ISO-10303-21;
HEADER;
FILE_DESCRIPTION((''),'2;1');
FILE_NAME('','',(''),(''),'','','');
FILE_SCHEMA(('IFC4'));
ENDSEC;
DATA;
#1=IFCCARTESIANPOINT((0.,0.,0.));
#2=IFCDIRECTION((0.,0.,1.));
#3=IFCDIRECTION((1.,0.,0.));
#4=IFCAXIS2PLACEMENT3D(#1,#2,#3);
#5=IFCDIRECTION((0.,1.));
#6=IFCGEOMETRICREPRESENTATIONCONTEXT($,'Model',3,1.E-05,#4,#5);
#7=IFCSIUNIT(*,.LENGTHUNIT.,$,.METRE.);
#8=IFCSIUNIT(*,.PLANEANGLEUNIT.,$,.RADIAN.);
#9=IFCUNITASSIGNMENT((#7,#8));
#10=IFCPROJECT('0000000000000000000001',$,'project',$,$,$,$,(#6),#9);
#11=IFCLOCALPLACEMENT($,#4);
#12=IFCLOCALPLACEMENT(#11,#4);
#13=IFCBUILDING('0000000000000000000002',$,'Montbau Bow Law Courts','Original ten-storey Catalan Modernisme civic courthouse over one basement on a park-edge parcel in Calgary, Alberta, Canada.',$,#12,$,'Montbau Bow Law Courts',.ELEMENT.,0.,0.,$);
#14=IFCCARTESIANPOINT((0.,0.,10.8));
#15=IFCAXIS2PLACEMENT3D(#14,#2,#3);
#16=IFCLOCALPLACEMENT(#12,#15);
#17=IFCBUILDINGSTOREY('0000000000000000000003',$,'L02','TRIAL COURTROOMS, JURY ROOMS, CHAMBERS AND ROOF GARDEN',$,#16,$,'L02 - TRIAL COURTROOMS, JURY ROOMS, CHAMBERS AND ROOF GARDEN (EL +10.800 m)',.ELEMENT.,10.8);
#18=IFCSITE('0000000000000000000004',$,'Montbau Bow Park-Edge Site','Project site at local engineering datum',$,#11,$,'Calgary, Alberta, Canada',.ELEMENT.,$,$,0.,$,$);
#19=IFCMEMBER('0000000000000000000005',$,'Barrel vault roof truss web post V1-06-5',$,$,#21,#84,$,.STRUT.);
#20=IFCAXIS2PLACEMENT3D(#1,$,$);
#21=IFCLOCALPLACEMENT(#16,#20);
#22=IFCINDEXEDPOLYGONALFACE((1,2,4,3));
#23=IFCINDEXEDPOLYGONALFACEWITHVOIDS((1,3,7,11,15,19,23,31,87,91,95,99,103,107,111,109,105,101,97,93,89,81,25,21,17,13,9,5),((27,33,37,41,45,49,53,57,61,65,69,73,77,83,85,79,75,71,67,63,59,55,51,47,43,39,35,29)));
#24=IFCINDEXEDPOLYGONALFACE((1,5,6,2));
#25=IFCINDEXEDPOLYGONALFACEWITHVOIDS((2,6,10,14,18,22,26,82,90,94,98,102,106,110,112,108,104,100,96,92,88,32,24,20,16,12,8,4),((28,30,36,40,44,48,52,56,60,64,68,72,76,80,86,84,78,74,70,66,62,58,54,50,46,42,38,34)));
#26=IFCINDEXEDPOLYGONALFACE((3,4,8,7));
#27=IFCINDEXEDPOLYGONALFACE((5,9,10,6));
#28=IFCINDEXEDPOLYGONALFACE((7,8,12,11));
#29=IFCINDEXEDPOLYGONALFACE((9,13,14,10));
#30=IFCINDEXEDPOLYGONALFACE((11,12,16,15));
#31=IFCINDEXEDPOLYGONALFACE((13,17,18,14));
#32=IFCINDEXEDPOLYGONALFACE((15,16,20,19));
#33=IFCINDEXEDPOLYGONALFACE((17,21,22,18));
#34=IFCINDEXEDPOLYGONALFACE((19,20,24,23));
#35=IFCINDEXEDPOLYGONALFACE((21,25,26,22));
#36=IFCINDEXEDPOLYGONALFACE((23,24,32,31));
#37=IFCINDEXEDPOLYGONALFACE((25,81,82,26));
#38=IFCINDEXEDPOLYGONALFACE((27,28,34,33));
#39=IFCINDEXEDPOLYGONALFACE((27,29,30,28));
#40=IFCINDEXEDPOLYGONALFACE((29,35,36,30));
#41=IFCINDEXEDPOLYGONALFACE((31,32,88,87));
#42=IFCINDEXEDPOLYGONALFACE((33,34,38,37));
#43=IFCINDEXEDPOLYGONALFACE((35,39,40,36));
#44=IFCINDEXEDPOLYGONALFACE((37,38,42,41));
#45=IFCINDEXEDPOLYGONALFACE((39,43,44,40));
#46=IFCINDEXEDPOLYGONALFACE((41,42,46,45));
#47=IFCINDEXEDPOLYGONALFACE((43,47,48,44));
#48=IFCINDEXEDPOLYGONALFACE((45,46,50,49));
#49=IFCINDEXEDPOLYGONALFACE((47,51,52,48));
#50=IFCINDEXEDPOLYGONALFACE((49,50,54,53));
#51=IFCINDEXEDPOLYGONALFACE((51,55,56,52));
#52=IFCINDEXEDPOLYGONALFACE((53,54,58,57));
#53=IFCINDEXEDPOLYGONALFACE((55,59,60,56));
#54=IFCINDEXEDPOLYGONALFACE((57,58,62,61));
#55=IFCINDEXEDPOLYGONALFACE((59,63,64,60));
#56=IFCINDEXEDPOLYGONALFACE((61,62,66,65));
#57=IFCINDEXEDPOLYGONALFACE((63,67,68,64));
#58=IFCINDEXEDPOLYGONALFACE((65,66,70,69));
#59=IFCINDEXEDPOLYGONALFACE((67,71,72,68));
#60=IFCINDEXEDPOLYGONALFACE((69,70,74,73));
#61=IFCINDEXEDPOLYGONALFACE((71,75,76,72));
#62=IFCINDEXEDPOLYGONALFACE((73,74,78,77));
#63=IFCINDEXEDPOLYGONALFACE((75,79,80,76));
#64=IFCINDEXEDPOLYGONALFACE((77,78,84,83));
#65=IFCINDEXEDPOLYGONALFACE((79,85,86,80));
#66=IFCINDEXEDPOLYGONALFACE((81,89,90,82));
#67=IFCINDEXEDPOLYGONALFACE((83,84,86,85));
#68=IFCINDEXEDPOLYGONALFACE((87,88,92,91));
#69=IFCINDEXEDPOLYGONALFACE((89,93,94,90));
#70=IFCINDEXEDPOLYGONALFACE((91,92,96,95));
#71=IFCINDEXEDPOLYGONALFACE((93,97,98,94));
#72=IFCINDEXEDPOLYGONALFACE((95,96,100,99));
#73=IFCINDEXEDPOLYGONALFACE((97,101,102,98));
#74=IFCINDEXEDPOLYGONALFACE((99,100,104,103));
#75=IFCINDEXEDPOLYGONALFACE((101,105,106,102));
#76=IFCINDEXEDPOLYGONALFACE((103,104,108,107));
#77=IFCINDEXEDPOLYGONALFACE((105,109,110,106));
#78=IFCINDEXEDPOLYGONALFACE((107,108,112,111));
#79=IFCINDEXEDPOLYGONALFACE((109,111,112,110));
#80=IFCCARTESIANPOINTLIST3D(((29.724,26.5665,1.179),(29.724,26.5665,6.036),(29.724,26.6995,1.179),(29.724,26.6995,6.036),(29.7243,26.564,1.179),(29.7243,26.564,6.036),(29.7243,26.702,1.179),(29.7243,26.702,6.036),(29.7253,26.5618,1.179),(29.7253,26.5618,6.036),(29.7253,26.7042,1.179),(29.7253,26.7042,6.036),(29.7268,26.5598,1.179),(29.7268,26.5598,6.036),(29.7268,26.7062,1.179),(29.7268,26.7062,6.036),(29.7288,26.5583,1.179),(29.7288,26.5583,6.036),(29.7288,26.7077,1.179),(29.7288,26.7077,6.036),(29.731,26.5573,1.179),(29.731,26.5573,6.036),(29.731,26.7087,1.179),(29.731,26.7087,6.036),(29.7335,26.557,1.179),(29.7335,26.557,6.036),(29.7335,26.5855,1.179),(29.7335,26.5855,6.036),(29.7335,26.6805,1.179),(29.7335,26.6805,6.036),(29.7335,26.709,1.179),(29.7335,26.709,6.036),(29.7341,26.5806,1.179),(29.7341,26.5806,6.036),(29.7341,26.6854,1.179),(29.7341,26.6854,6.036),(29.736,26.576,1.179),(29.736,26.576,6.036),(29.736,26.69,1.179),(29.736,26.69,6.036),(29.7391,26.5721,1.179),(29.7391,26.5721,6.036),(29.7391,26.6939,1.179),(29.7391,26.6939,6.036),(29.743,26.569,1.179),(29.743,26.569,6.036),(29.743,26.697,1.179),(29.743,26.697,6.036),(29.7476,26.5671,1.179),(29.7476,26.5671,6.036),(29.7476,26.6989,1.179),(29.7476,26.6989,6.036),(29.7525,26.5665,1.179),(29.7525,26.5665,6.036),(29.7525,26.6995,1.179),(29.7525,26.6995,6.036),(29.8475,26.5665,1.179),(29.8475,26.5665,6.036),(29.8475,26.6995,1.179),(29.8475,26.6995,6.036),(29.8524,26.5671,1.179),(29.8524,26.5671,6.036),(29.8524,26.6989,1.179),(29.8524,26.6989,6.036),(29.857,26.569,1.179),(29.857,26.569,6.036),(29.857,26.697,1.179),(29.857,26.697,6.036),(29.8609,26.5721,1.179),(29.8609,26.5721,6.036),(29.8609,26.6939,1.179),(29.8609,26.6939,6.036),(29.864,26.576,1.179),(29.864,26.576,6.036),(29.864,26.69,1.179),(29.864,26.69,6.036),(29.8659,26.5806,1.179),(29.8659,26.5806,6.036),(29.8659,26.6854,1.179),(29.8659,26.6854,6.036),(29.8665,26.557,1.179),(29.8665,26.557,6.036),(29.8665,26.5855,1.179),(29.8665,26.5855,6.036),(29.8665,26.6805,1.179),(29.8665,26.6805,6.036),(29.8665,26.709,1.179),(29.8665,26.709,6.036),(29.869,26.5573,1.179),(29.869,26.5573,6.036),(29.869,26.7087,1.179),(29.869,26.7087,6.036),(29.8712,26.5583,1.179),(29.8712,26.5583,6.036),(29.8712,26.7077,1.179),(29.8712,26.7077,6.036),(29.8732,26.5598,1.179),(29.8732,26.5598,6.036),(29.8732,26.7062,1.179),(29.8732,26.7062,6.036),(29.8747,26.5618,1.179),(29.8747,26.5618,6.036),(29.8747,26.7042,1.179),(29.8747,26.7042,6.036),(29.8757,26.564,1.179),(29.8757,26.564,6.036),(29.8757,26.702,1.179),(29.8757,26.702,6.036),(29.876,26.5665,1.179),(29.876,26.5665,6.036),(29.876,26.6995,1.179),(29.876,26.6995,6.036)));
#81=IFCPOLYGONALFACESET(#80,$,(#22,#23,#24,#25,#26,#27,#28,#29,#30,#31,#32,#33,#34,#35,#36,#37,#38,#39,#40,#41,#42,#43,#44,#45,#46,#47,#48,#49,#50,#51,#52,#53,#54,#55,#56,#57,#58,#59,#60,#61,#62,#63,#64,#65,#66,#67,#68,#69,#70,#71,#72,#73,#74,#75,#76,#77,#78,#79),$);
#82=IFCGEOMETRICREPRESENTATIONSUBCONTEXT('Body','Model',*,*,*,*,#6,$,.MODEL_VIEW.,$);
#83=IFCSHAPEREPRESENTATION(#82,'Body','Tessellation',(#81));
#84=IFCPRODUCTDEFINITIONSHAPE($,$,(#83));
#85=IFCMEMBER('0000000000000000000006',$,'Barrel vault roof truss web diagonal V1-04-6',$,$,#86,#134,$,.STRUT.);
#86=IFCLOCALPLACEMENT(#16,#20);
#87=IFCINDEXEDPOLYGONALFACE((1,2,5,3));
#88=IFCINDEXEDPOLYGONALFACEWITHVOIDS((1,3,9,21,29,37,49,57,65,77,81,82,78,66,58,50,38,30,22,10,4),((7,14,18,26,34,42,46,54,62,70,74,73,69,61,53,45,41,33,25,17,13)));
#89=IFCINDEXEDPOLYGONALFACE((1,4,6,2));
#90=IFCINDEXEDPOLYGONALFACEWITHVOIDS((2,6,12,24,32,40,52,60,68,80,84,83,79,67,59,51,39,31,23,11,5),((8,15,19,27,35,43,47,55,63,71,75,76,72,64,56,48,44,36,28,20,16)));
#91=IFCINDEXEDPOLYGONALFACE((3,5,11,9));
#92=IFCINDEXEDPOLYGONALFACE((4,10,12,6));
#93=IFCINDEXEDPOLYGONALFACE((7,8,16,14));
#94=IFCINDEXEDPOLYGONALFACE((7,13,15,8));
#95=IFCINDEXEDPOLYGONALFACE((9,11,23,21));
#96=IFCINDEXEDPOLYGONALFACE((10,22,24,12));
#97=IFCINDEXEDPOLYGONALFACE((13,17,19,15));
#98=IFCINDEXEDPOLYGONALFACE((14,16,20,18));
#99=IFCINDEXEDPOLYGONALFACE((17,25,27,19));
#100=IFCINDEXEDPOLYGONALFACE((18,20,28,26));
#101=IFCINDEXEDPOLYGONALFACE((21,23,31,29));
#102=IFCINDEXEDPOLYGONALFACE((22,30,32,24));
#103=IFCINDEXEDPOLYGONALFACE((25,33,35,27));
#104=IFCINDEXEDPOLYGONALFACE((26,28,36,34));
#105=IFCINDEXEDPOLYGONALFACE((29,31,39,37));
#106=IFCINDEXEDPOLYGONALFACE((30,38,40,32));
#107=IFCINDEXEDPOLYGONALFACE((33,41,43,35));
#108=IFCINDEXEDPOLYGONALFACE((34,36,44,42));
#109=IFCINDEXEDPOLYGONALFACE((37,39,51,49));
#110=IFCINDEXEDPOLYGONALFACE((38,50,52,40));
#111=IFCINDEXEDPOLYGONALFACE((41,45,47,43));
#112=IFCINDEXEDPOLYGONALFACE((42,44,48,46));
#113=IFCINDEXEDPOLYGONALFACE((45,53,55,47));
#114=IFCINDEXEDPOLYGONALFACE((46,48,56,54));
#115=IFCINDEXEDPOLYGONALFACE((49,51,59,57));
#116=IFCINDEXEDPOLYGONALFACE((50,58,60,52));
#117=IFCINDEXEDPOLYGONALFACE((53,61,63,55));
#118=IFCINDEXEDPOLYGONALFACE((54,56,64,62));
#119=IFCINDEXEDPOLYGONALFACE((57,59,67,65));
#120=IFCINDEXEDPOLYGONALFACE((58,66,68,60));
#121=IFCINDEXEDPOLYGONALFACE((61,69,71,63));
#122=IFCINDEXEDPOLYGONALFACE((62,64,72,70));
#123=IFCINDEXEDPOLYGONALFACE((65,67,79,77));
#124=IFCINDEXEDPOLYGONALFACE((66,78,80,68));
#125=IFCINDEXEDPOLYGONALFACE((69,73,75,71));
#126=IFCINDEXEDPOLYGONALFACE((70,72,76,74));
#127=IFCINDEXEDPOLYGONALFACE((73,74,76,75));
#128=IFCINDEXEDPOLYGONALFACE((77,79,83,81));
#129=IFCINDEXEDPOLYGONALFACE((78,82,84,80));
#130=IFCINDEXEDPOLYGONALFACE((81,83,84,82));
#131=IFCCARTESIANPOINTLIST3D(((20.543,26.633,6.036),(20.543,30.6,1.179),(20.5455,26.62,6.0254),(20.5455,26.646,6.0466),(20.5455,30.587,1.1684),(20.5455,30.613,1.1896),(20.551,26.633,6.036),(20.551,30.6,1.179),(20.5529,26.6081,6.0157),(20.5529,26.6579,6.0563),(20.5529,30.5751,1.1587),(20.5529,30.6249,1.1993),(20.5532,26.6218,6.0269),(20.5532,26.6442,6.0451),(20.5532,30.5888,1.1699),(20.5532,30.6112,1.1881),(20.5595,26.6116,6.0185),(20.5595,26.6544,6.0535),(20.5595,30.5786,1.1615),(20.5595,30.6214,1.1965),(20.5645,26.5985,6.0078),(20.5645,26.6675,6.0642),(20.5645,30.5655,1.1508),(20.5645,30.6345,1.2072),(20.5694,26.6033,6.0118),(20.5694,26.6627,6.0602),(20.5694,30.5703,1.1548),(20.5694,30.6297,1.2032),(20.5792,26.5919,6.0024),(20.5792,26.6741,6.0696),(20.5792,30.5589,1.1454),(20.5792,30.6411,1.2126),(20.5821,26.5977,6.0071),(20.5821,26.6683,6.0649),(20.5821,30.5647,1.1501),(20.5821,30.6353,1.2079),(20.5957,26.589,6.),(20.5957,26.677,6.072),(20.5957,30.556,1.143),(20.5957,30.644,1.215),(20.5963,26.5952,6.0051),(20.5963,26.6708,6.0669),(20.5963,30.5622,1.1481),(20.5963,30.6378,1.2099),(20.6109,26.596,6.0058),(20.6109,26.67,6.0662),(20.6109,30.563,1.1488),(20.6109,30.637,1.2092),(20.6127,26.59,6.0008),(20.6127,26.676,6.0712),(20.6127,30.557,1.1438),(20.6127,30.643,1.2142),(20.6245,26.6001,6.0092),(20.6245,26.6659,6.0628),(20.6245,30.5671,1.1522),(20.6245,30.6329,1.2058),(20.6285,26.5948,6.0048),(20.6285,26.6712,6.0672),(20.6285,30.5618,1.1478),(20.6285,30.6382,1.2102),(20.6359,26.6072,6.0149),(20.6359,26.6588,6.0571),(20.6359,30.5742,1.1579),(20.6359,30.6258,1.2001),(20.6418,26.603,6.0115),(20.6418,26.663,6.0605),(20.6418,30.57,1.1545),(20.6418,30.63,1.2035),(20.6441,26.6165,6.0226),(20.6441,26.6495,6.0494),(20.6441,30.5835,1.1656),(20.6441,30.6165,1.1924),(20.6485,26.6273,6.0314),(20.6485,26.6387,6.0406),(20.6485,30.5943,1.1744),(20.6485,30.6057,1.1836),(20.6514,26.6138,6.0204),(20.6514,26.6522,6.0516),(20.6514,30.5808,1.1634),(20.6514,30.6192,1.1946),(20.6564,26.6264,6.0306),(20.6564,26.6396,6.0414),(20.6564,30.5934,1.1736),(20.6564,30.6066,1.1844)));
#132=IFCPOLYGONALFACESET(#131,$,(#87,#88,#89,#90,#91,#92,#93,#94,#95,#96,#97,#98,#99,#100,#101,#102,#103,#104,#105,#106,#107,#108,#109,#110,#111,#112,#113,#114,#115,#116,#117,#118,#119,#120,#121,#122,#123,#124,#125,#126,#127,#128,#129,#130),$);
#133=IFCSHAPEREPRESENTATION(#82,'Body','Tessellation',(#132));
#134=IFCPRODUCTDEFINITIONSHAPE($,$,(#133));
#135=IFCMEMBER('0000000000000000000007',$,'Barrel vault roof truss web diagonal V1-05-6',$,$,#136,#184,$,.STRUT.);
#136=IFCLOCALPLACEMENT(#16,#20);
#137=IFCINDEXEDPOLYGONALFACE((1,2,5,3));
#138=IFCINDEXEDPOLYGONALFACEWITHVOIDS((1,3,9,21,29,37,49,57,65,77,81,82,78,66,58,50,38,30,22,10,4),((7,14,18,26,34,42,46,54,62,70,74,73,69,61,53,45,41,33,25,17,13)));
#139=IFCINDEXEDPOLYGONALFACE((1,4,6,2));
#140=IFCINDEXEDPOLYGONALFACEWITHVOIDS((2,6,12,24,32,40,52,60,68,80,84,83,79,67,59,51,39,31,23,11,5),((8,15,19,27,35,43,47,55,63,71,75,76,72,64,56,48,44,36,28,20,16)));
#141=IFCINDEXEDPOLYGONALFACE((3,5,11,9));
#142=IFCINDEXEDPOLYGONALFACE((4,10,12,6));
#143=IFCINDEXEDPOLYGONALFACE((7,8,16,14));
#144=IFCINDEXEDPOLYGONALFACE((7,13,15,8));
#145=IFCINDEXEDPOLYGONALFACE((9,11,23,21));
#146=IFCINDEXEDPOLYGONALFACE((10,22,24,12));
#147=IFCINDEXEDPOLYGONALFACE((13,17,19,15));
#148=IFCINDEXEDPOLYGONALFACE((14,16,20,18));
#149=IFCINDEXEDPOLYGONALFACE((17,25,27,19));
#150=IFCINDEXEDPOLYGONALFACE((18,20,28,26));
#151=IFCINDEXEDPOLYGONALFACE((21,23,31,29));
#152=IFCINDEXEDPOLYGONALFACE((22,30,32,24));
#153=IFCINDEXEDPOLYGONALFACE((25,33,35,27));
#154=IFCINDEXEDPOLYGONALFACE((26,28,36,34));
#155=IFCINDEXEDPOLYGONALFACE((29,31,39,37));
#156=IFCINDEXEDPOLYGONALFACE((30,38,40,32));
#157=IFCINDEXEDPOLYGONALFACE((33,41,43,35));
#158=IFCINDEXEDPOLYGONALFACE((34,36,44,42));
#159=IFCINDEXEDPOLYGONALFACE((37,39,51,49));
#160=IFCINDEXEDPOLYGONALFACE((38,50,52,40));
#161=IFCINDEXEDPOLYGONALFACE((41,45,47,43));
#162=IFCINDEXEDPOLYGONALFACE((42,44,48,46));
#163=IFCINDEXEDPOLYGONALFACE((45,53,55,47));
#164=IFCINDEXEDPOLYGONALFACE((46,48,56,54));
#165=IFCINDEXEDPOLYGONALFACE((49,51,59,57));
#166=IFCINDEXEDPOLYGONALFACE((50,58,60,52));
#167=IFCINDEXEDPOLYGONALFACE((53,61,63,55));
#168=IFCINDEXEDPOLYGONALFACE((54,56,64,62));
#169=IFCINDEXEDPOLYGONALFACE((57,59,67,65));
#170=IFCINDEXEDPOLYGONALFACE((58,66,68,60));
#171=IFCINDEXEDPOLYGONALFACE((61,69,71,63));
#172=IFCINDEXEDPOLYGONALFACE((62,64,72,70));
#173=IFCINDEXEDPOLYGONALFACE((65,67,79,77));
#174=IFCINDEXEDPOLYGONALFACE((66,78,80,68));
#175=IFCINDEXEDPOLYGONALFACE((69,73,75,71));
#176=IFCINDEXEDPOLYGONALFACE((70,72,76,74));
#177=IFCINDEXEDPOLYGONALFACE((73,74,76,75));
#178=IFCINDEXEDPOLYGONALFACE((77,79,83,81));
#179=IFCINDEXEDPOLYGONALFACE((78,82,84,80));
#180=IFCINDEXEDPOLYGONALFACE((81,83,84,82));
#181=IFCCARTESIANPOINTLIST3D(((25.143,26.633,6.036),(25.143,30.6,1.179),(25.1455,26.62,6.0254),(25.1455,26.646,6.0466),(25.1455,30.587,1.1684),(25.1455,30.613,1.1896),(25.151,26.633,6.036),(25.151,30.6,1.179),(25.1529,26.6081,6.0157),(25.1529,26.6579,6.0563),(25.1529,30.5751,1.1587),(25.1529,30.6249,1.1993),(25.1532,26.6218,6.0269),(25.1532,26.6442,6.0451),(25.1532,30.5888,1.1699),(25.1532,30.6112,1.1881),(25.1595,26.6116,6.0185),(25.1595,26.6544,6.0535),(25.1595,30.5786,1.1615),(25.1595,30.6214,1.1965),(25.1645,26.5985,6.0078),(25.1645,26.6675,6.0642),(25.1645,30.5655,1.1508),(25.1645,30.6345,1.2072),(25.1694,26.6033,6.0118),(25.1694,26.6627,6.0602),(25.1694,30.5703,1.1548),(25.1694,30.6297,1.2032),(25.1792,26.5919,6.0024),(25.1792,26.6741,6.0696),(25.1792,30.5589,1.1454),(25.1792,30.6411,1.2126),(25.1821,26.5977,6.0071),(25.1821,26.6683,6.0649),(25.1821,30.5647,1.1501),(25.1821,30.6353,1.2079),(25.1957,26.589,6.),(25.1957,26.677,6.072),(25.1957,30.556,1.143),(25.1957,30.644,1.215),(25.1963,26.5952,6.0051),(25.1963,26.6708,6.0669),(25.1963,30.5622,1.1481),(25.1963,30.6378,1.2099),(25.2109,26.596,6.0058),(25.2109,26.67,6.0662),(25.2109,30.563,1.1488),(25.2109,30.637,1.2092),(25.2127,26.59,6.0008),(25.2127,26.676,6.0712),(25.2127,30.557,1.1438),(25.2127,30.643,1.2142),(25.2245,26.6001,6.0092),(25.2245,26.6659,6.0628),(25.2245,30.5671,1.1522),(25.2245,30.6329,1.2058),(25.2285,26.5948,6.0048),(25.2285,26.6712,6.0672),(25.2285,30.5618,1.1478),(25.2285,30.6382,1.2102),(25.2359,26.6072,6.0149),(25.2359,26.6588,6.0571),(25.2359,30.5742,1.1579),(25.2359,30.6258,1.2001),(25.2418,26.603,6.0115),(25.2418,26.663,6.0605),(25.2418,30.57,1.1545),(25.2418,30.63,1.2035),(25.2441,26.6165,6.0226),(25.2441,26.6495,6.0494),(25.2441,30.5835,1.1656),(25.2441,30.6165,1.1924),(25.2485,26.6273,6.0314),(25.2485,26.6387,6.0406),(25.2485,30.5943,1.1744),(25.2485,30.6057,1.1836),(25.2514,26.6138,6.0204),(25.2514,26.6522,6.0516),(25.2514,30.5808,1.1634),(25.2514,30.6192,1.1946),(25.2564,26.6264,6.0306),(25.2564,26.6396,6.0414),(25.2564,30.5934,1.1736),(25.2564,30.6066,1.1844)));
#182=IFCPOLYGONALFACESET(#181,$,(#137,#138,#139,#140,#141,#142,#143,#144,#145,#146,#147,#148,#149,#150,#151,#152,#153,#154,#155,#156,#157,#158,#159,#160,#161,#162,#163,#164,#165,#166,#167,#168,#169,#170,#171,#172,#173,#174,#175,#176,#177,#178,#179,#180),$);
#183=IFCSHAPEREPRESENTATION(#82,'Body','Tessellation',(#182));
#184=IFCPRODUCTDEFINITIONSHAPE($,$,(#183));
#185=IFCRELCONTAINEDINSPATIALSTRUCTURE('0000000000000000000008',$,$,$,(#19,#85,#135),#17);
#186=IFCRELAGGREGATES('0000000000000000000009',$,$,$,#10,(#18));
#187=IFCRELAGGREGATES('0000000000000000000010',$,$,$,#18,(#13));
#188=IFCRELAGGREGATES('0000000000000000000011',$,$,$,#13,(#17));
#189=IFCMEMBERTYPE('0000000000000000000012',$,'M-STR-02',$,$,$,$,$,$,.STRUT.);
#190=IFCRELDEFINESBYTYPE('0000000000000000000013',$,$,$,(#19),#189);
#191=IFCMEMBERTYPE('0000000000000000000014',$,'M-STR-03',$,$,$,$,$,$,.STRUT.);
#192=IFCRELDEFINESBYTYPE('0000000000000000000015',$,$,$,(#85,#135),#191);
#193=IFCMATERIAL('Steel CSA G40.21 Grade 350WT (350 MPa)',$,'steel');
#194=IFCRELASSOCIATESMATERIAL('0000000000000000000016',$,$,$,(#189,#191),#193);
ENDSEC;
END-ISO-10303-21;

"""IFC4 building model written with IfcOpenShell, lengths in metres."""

from ifc_helpers import new_model, si_unit, direction, frame, origin_with_axes, origin_2d_with_axis, place, context, subcontext, project, spatial, hollow_rectangle, hollow_circle, extrude, material, material_profile, profile_set, type_object, element, save


model = new_model("IFC4")

# Units and contexts
model_context = context("Model", 3, precision=1e-05, world=origin_with_axes(), true_north=direction((0.0, 1.0)))
body_context = subcontext(model_context, "Body", "Model", "MODEL_VIEW")
ifc_project = project(units=[si_unit("LENGTHUNIT", "METRE"), si_unit("PLANEANGLEUNIT", "RADIAN")], contexts=[model_context])

# Site, building, storey
site_placement = place(None, origin_with_axes())
site = spatial("IfcSite", under=ifc_project, at=site_placement, Name="Montbau Bow Park-Edge Site", Description="Project site at local engineering datum", LongName="Calgary, Alberta, Canada", CompositionType="ELEMENT", RefElevation=0.0)
building_placement = place(site_placement, origin_with_axes())
building = spatial("IfcBuilding", under=site, at=building_placement, Name="Montbau Bow Law Courts", Description="Original ten-storey Catalan Modernisme civic courthouse over one basement on a park-edge parcel in Calgary, Alberta, Canada.", LongName="Montbau Bow Law Courts", CompositionType="ELEMENT", ElevationOfRefHeight=0.0, ElevationOfTerrain=0.0)
storey_placement = place(building_placement, frame((0.0, 0.0, 10.8), z_axis=(0.0, 0.0, 1.0), x_axis=(1.0, 0.0, 0.0)))
storey = spatial("IfcBuildingStorey", under=building, at=storey_placement, Name="L02", Description="TRIAL COURTROOMS, JURY ROOMS, CHAMBERS AND ROOF GARDEN", LongName="L02 - TRIAL COURTROOMS, JURY ROOMS, CHAMBERS AND ROOF GARDEN (EL +10.800 m)", CompositionType="ELEMENT", Elevation=10.8)

# Shared definitions
ifc_material_1 = material(Name="Steel CSA G40.21 Grade 350WT (350 MPa)", Category="steel")

# Members
ifc_material_profile_1 = material_profile(ifc_material_1, hollow_rectangle(XDim=0.152, YDim=0.152, WallThickness=0.0095, InnerFilletRadius=0.019, OuterFilletRadius=0.0095, at=origin_2d_with_axis()), Name="HSS152X152X9.5", Category="Main", Priority=0)
ifc_profile_set_1 = profile_set([ifc_material_profile_1], Name="Steel CSA G40.21 Grade 350WT (350 MPa)")
member_type_1 = type_object("IfcMemberType", Name="M-STR-02", PredefinedType="STRUT", material=ifc_profile_set_1)
member_1_placement = place(None, frame((29.8, 26.633, 11.979), z_axis=(0.0, 0.0, 1.0), x_axis=(1.0, 0.0, 0.0)))
element("IfcMember", 1, at=member_1_placement, inside=storey, type_object=member_type_1, Name="Barrel vault roof truss web post V1-06-5", PredefinedType="STRUT", context=body_context, shape_type="SweptSolid", body=[
    extrude(hollow_rectangle(XDim=0.152, YDim=0.152, WallThickness=0.0095, InnerFilletRadius=0.019, OuterFilletRadius=0.0095, at=origin_2d_with_axis()), origin_with_axes(), (0.0, 0.0, 1.0), 4.857),
])
ifc_material_profile_2 = material_profile(ifc_material_1, hollow_circle(Radius=0.057, WallThickness=0.008, at=origin_2d_with_axis()), Name="HSS114X8.0", Category="Main", Priority=0)
ifc_profile_set_2 = profile_set([ifc_material_profile_2], Name="Steel CSA G40.21 Grade 350WT (350 MPa)")
member_type_2 = type_object("IfcMemberType", Name="M-STR-03", PredefinedType="STRUT", material=ifc_profile_set_2)
for number, where, z_axis, x_axis, name in (
    (2, (20.6, 26.633, 16.836), (0.0, 0.632578, -0.774497), (-1.0, 0.0, 0.0), "Barrel vault roof truss web diagonal V1-04-6"),
    (3, (25.2, 26.633, 16.836), (0.0, 0.632578, -0.774497), (-1.0, 0.0, 0.0), "Barrel vault roof truss web diagonal V1-05-6"),
):
    element("IfcMember", number, at=place(None, frame(where, z_axis=z_axis, x_axis=x_axis)), inside=storey, type_object=member_type_2, Name=name, PredefinedType="STRUT", context=body_context, shape_type="SweptSolid", body=[
        extrude(hollow_circle(Radius=0.057, WallThickness=0.008, at=origin_2d_with_axis()), origin_with_axes(), (0.0, 0.0, 1.0), 6.2712),
    ])

save(model, "model.ifc")
